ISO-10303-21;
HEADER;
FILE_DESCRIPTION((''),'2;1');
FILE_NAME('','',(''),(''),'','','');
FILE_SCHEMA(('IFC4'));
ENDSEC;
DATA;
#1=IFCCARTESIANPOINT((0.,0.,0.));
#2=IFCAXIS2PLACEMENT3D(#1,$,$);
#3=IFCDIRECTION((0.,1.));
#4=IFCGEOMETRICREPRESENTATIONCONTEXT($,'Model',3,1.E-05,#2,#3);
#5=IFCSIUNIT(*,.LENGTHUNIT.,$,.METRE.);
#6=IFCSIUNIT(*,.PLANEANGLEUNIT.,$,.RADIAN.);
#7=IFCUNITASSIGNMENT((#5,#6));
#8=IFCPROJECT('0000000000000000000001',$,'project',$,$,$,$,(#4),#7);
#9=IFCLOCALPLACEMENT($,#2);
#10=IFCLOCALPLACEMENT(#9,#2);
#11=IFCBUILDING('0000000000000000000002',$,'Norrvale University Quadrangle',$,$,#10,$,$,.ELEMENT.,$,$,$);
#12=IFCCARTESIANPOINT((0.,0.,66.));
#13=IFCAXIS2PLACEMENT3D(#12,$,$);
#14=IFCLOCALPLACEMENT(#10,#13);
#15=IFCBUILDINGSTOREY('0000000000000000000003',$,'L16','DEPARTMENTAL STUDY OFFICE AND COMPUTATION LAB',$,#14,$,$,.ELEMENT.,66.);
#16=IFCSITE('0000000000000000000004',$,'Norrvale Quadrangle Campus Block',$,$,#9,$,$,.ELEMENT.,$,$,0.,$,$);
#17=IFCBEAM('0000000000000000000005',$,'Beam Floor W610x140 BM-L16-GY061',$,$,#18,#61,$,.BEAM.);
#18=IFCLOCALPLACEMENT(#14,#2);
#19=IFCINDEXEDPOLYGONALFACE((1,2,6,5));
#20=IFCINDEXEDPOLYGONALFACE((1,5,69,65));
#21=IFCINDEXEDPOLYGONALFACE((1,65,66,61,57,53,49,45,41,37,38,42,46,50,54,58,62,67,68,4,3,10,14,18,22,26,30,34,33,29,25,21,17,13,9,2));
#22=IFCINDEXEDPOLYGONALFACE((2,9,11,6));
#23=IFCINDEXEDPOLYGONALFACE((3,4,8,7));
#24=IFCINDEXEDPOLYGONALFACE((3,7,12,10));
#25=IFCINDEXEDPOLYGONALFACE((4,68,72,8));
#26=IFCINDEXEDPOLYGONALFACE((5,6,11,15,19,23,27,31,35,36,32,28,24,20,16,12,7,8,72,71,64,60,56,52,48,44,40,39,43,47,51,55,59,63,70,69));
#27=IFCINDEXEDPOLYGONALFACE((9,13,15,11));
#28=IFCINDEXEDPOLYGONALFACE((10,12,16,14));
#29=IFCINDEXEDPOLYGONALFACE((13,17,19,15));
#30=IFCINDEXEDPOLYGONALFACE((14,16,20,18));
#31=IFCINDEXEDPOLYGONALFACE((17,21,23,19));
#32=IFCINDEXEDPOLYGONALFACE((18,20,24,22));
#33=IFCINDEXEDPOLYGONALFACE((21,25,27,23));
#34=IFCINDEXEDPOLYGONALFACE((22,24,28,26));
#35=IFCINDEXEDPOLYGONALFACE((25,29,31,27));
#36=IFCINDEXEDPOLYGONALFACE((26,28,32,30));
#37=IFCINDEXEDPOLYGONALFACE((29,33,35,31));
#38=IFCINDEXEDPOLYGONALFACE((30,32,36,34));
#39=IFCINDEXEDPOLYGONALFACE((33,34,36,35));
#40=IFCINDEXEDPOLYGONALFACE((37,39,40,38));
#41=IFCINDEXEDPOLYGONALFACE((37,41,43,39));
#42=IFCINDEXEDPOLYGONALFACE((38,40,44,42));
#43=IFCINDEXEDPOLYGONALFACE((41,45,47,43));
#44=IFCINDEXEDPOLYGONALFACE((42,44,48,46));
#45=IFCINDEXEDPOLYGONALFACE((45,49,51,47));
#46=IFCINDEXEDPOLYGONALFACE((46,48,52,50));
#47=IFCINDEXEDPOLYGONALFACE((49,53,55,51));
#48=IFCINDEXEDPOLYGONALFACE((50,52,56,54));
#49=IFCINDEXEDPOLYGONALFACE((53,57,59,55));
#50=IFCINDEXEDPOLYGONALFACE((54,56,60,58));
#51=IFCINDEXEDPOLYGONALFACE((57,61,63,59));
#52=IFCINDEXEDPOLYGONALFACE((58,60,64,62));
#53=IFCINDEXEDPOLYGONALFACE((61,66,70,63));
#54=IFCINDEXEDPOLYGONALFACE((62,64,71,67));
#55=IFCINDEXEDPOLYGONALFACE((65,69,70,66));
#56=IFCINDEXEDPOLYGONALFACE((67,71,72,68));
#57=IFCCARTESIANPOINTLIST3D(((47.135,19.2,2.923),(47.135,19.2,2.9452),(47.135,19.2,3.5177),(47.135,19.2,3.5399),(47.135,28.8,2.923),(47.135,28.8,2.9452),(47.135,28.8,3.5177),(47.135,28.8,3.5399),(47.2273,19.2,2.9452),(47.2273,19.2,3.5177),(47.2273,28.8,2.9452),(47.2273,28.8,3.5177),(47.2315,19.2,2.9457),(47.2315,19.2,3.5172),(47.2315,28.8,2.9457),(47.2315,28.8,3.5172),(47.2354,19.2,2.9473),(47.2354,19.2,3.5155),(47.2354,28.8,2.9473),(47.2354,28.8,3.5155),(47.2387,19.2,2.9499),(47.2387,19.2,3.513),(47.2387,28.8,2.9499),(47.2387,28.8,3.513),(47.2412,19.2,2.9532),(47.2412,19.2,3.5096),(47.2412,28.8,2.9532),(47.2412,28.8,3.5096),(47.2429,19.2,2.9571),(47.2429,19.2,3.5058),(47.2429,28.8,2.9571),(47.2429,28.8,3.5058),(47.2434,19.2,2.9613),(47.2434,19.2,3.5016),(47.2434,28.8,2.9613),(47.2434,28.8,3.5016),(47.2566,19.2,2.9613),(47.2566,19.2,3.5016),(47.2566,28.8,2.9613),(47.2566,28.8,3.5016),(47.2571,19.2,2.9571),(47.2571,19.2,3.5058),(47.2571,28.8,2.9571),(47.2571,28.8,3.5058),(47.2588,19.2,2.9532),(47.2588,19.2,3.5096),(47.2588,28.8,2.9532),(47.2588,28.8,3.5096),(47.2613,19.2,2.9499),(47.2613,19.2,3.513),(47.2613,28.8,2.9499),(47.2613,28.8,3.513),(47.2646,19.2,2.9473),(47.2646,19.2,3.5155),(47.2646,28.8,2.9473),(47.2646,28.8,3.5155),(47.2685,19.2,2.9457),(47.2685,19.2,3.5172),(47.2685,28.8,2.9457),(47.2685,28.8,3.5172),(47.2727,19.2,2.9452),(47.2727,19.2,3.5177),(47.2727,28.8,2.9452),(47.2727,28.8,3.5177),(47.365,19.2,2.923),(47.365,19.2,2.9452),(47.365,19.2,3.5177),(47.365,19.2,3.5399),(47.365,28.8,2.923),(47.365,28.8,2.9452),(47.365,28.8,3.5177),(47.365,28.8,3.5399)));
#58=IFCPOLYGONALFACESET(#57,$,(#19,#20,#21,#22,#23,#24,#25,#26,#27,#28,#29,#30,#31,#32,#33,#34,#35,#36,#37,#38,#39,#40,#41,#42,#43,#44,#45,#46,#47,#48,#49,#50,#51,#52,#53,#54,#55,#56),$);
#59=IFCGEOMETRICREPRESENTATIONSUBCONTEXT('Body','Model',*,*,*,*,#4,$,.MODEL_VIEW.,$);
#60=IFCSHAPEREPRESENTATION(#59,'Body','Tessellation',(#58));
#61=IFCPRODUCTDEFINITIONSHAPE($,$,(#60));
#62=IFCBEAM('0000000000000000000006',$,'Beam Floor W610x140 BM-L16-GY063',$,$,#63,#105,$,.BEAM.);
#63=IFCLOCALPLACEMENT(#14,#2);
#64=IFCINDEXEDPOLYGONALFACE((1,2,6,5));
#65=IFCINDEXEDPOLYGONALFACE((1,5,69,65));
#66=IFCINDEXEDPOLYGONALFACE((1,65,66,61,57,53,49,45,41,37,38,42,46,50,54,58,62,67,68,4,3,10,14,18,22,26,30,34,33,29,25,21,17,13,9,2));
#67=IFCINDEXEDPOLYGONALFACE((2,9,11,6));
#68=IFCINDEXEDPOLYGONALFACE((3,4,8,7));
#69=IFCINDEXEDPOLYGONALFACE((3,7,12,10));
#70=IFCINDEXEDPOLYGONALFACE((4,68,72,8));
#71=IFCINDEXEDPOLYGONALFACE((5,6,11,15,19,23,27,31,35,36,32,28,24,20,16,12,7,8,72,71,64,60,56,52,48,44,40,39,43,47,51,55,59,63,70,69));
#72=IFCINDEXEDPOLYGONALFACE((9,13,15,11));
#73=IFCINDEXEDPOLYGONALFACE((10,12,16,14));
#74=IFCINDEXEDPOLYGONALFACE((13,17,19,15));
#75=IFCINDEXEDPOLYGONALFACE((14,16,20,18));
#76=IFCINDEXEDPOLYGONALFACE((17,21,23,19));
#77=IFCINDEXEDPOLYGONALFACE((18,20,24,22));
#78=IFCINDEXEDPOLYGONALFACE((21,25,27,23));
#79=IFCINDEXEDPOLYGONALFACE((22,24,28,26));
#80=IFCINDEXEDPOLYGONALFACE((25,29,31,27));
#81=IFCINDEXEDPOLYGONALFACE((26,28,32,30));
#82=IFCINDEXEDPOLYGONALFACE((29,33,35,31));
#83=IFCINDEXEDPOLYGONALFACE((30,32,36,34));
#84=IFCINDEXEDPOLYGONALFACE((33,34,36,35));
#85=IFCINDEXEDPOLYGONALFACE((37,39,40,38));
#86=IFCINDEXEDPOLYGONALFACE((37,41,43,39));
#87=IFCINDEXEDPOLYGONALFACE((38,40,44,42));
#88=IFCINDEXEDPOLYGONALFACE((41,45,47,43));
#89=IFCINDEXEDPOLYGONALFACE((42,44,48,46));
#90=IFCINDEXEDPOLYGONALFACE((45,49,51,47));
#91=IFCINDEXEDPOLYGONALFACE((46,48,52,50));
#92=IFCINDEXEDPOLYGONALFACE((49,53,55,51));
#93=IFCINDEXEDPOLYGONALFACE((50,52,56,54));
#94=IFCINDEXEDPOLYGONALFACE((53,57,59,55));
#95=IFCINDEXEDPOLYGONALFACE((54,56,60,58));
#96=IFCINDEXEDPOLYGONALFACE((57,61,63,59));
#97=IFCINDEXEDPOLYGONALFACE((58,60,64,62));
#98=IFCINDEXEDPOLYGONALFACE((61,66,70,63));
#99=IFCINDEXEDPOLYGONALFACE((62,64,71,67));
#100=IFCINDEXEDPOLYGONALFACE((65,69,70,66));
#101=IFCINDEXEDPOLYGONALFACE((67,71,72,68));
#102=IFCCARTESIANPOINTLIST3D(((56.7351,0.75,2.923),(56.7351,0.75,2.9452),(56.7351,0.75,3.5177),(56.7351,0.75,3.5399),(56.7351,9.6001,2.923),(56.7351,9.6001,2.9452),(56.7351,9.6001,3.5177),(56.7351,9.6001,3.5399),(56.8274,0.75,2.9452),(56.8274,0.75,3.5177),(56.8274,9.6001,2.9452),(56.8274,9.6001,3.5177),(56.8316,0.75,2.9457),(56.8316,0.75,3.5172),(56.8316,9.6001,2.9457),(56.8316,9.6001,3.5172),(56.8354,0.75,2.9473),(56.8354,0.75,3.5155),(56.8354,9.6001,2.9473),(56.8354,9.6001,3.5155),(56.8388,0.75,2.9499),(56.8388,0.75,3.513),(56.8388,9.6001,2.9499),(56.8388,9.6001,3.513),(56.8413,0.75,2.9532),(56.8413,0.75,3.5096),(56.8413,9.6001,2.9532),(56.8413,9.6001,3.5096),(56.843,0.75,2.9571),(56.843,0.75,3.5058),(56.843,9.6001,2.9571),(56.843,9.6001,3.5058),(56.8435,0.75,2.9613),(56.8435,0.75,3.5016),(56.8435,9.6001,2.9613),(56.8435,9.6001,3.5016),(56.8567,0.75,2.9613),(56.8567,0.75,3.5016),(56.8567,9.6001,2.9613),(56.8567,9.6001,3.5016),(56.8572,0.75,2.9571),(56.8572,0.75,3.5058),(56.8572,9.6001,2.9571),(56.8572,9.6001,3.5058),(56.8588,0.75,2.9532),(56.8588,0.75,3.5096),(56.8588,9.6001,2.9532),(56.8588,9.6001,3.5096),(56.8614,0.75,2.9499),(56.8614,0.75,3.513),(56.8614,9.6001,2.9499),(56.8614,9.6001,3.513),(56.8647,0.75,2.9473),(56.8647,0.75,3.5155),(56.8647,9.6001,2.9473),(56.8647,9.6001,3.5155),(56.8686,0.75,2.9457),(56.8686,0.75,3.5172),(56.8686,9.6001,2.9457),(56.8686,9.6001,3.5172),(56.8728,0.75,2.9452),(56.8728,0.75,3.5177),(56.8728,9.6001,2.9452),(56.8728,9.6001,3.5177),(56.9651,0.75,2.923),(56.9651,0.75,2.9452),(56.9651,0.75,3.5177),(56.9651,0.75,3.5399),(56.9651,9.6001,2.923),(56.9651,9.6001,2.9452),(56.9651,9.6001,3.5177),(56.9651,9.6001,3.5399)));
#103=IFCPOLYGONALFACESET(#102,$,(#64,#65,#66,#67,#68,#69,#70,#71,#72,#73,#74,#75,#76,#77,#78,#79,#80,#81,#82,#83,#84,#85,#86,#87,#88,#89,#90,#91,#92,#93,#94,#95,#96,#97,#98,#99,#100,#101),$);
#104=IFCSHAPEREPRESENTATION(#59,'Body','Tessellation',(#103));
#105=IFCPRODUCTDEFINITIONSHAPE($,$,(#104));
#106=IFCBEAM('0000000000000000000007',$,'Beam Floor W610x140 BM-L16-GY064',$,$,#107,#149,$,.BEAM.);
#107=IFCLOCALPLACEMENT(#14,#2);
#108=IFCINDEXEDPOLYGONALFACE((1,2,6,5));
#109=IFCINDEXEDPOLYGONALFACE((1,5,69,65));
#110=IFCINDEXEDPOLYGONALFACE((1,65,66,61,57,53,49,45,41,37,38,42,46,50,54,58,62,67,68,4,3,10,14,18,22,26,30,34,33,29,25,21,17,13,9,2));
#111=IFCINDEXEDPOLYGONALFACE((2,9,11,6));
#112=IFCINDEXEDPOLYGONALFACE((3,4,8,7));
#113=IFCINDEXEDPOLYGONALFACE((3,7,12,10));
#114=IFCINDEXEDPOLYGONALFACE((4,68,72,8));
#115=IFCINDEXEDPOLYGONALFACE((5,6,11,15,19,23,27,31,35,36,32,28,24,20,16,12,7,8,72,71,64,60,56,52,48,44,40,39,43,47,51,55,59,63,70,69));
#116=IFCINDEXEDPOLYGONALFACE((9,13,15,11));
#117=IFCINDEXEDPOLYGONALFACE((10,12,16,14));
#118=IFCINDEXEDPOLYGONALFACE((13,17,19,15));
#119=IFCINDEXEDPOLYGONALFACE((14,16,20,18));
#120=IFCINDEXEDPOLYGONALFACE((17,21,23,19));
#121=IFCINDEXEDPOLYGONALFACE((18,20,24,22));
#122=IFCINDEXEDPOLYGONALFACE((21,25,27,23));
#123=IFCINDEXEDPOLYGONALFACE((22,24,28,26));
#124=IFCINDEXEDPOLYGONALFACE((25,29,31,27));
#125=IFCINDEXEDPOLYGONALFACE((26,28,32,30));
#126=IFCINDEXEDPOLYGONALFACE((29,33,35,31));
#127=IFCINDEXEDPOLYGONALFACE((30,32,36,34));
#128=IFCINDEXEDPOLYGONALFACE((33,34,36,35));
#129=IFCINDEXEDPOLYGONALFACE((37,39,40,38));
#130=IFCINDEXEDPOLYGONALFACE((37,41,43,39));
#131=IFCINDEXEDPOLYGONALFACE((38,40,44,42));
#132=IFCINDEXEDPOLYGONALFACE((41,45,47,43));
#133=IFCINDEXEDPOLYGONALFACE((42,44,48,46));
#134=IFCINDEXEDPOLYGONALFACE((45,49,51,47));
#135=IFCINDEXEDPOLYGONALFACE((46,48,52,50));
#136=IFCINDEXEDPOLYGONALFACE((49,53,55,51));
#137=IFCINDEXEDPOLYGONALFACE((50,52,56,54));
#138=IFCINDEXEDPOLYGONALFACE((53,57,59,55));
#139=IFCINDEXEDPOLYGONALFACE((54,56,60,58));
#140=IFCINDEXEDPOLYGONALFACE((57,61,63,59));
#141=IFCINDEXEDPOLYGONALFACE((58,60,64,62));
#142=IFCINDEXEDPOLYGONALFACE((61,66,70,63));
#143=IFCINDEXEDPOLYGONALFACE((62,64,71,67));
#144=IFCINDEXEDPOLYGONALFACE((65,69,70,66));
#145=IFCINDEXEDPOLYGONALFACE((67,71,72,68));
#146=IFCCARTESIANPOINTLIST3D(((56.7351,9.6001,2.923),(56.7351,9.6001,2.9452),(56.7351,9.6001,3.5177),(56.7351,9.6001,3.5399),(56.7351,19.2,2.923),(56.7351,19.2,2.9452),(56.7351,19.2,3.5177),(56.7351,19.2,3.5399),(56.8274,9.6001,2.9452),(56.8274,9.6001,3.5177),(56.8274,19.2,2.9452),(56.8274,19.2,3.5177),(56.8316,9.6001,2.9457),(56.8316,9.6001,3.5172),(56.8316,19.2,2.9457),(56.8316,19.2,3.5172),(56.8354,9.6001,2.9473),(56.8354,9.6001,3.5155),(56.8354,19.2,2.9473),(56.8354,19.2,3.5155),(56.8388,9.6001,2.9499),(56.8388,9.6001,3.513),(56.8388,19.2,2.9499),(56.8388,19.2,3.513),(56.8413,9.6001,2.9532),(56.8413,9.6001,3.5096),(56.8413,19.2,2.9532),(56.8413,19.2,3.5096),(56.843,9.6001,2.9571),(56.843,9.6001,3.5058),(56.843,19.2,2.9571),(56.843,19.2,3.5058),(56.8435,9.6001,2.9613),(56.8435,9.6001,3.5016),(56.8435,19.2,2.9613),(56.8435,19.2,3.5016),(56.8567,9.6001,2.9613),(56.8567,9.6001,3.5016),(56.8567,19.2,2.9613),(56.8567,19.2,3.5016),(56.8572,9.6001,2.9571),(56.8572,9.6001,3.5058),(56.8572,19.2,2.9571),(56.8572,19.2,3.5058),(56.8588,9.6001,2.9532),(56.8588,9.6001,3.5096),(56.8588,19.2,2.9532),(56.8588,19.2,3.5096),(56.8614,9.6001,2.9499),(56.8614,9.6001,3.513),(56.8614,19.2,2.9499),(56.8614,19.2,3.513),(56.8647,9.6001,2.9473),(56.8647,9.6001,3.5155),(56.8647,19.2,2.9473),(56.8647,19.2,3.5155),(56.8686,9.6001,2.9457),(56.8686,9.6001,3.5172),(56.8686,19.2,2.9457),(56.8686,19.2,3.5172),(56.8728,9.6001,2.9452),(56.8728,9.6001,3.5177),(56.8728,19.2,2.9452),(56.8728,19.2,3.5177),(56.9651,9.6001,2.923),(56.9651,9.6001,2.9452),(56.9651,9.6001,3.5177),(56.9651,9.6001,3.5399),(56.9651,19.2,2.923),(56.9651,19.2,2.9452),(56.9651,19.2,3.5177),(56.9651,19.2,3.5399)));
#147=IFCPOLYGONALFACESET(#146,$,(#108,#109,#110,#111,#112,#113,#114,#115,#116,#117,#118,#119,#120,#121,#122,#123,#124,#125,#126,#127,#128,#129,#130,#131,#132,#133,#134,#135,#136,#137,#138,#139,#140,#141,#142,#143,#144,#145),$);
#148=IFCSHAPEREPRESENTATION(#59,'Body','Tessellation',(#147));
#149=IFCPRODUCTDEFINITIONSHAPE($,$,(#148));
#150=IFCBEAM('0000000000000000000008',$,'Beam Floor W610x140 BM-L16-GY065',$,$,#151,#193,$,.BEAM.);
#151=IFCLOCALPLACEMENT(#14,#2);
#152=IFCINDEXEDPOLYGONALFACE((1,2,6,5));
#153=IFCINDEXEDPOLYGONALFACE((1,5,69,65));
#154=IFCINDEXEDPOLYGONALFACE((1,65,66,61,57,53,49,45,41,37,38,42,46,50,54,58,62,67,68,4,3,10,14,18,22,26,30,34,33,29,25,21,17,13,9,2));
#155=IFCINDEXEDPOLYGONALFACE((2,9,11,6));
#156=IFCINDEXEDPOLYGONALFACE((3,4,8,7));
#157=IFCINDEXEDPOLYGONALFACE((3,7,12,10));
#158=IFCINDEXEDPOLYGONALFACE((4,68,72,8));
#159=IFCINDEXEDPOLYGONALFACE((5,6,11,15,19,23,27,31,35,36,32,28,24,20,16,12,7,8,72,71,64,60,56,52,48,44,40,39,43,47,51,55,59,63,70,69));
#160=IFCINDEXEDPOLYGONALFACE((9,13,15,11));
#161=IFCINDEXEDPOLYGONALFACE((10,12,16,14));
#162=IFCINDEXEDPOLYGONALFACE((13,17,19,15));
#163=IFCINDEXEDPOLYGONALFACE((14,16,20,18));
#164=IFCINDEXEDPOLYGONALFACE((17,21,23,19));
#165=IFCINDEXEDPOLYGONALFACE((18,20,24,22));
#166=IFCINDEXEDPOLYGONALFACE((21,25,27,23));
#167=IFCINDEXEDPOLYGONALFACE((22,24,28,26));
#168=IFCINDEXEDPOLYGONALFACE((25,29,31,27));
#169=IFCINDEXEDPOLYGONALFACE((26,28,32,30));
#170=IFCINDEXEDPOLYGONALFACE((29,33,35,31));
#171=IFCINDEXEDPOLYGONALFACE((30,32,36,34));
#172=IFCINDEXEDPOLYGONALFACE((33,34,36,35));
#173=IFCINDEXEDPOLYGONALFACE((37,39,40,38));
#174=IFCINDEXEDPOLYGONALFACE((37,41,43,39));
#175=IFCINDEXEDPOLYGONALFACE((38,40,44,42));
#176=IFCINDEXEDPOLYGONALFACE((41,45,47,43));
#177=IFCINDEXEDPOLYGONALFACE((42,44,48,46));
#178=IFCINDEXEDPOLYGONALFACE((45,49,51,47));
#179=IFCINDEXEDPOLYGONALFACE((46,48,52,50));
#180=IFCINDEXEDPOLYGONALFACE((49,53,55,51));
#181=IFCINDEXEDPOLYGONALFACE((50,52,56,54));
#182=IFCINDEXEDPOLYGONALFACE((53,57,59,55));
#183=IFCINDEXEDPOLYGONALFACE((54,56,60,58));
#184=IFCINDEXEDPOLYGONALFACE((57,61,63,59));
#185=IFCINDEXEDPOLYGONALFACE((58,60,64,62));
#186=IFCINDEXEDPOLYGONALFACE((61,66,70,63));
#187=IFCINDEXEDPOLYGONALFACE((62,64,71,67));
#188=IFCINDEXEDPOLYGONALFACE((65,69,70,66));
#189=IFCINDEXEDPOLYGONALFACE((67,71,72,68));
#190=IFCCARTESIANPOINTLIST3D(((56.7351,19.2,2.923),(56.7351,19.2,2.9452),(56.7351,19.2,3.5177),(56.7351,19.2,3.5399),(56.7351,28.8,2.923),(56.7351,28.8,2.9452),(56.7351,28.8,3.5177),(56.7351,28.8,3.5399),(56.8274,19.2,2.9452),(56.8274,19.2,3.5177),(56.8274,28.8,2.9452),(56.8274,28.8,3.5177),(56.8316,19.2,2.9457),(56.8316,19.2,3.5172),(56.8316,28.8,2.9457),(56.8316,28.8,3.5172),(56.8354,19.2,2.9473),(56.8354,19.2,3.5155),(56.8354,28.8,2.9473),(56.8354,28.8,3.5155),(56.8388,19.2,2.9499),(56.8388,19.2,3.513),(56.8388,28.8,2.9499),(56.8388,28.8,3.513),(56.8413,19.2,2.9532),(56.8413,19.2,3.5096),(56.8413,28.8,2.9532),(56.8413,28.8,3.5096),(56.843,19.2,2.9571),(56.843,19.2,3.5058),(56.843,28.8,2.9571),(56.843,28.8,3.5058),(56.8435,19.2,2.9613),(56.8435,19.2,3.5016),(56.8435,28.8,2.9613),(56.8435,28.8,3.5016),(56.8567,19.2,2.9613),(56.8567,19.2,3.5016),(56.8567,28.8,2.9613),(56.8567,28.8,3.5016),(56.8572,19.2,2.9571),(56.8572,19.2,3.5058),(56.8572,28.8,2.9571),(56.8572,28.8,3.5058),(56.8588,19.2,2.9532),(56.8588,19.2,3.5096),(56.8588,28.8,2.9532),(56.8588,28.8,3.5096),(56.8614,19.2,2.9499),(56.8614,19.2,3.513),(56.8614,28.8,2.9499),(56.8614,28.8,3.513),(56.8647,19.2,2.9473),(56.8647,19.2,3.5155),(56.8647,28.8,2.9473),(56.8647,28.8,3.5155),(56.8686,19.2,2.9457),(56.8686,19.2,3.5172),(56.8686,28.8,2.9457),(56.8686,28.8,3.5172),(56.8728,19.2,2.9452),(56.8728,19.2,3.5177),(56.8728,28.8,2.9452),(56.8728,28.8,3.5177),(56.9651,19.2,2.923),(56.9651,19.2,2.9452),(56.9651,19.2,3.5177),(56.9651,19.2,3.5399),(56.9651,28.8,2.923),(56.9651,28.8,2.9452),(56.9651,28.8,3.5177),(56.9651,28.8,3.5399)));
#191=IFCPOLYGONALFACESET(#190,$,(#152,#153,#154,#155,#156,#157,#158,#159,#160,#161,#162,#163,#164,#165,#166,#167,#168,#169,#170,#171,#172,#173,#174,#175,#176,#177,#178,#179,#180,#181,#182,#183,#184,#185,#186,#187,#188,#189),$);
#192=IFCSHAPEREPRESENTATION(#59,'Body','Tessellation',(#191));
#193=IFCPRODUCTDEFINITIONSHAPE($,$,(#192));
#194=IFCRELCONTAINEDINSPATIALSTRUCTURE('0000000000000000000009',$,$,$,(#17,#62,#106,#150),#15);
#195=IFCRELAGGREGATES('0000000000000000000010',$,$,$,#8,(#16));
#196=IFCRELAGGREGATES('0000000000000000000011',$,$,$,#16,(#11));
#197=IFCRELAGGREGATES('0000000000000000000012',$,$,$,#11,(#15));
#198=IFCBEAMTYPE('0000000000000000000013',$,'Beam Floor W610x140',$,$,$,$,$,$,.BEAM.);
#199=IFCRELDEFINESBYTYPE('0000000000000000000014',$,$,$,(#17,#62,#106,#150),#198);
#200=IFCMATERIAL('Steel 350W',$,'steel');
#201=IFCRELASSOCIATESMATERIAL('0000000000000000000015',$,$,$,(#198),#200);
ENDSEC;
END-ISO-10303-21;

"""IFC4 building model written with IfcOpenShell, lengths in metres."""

from ifc_helpers import new_model, si_unit, direction, frame, origin, origin_2d, place, context, subcontext, project, spatial, i_section, extrude, material, material_profile, profile_set, type_object, element, save


model = new_model("IFC4")

# Units and contexts
model_context = context("Model", 3, precision=1e-05, world=origin(), true_north=direction((0.0, 1.0)))
body_context = subcontext(model_context, "Body", "Model", "MODEL_VIEW")
ifc_project = project(units=[si_unit("LENGTHUNIT", "METRE"), si_unit("PLANEANGLEUNIT", "RADIAN")], contexts=[model_context])

# Site, building, storey
site_placement = place(None, origin())
site = spatial("IfcSite", under=ifc_project, at=site_placement, Name="Norrvale Quadrangle Campus Block", CompositionType="ELEMENT", RefElevation=0.0)
building_placement = place(site_placement, origin())
building = spatial("IfcBuilding", under=site, at=building_placement, Name="Norrvale University Quadrangle", CompositionType="ELEMENT")
storey_placement = place(building_placement, frame((0.0, 0.0, 66.0)))
storey = spatial("IfcBuildingStorey", under=building, at=storey_placement, Name="L16", Description="DEPARTMENTAL STUDY OFFICE AND COMPUTATION LAB", CompositionType="ELEMENT", Elevation=66.0)

# Beams
ifc_material_1 = material(Name="Steel 350W", Category="steel")
ifc_material_profile_1 = material_profile(ifc_material_1, i_section(OverallWidth=0.23, OverallDepth=0.6169, WebThickness=0.0132, FlangeThickness=0.0222, FilletRadius=0.0161, at=origin_2d()), Name="Steel 350W")
ifc_profile_set_1 = profile_set([ifc_material_profile_1], Name="Steel 350W")
beam_type_1 = type_object("IfcBeamType", Name="Beam Floor W610x140", PredefinedType="BEAM", material=ifc_profile_set_1)
beam_1_placement = place(storey_placement, frame((47.25, 19.2, 3.2314), z_axis=(0.0, 1.0, 0.0), x_axis=(-1.0, 0.0, 0.0)))
element("IfcBeam", 1, at=beam_1_placement, inside=storey, type_object=beam_type_1, Name="Beam Floor W610x140 BM-L16-GY061", PredefinedType="BEAM", context=body_context, shape_type="SweptSolid", body=[
    extrude(i_section(OverallWidth=0.23, OverallDepth=0.6169, WebThickness=0.0132, FlangeThickness=0.0222, FilletRadius=0.0161, at=origin_2d()), origin(), (0.0, 0.0, 1.0), 9.6001),
])
beam_2_placement = place(storey_placement, frame((56.8501, 0.75, 3.2314), z_axis=(0.0, 1.0, 0.0), x_axis=(-1.0, 0.0, 0.0)))
element("IfcBeam", 2, at=beam_2_placement, inside=storey, type_object=beam_type_1, Name="Beam Floor W610x140 BM-L16-GY063", PredefinedType="BEAM", context=body_context, shape_type="SweptSolid", body=[
    extrude(i_section(OverallWidth=0.23, OverallDepth=0.6169, WebThickness=0.0132, FlangeThickness=0.0222, FilletRadius=0.0161, at=origin_2d()), origin(), (0.0, 0.0, 1.0), 8.8501),
])
beam_3_placement = place(storey_placement, frame((56.8501, 9.6001, 3.2314), z_axis=(0.0, 1.0, 0.0), x_axis=(-1.0, 0.0, 0.0)))
element("IfcBeam", 3, at=beam_3_placement, inside=storey, type_object=beam_type_1, Name="Beam Floor W610x140 BM-L16-GY064", PredefinedType="BEAM", context=body_context, shape_type="SweptSolid", body=[
    extrude(i_section(OverallWidth=0.23, OverallDepth=0.6169, WebThickness=0.0132, FlangeThickness=0.0222, FilletRadius=0.0161, at=origin_2d()), origin(), (0.0, 0.0, 1.0), 9.5999),
])
beam_4_placement = place(storey_placement, frame((56.8501, 19.2, 3.2314), z_axis=(0.0, 1.0, 0.0), x_axis=(-1.0, 0.0, 0.0)))
element("IfcBeam", 4, at=beam_4_placement, inside=storey, type_object=beam_type_1, Name="Beam Floor W610x140 BM-L16-GY065", PredefinedType="BEAM", context=body_context, shape_type="SweptSolid", body=[
    extrude(i_section(OverallWidth=0.23, OverallDepth=0.6169, WebThickness=0.0132, FlangeThickness=0.0222, FilletRadius=0.0161, at=origin_2d()), origin(), (0.0, 0.0, 1.0), 9.6001),
])

save(model, "model.ifc")
